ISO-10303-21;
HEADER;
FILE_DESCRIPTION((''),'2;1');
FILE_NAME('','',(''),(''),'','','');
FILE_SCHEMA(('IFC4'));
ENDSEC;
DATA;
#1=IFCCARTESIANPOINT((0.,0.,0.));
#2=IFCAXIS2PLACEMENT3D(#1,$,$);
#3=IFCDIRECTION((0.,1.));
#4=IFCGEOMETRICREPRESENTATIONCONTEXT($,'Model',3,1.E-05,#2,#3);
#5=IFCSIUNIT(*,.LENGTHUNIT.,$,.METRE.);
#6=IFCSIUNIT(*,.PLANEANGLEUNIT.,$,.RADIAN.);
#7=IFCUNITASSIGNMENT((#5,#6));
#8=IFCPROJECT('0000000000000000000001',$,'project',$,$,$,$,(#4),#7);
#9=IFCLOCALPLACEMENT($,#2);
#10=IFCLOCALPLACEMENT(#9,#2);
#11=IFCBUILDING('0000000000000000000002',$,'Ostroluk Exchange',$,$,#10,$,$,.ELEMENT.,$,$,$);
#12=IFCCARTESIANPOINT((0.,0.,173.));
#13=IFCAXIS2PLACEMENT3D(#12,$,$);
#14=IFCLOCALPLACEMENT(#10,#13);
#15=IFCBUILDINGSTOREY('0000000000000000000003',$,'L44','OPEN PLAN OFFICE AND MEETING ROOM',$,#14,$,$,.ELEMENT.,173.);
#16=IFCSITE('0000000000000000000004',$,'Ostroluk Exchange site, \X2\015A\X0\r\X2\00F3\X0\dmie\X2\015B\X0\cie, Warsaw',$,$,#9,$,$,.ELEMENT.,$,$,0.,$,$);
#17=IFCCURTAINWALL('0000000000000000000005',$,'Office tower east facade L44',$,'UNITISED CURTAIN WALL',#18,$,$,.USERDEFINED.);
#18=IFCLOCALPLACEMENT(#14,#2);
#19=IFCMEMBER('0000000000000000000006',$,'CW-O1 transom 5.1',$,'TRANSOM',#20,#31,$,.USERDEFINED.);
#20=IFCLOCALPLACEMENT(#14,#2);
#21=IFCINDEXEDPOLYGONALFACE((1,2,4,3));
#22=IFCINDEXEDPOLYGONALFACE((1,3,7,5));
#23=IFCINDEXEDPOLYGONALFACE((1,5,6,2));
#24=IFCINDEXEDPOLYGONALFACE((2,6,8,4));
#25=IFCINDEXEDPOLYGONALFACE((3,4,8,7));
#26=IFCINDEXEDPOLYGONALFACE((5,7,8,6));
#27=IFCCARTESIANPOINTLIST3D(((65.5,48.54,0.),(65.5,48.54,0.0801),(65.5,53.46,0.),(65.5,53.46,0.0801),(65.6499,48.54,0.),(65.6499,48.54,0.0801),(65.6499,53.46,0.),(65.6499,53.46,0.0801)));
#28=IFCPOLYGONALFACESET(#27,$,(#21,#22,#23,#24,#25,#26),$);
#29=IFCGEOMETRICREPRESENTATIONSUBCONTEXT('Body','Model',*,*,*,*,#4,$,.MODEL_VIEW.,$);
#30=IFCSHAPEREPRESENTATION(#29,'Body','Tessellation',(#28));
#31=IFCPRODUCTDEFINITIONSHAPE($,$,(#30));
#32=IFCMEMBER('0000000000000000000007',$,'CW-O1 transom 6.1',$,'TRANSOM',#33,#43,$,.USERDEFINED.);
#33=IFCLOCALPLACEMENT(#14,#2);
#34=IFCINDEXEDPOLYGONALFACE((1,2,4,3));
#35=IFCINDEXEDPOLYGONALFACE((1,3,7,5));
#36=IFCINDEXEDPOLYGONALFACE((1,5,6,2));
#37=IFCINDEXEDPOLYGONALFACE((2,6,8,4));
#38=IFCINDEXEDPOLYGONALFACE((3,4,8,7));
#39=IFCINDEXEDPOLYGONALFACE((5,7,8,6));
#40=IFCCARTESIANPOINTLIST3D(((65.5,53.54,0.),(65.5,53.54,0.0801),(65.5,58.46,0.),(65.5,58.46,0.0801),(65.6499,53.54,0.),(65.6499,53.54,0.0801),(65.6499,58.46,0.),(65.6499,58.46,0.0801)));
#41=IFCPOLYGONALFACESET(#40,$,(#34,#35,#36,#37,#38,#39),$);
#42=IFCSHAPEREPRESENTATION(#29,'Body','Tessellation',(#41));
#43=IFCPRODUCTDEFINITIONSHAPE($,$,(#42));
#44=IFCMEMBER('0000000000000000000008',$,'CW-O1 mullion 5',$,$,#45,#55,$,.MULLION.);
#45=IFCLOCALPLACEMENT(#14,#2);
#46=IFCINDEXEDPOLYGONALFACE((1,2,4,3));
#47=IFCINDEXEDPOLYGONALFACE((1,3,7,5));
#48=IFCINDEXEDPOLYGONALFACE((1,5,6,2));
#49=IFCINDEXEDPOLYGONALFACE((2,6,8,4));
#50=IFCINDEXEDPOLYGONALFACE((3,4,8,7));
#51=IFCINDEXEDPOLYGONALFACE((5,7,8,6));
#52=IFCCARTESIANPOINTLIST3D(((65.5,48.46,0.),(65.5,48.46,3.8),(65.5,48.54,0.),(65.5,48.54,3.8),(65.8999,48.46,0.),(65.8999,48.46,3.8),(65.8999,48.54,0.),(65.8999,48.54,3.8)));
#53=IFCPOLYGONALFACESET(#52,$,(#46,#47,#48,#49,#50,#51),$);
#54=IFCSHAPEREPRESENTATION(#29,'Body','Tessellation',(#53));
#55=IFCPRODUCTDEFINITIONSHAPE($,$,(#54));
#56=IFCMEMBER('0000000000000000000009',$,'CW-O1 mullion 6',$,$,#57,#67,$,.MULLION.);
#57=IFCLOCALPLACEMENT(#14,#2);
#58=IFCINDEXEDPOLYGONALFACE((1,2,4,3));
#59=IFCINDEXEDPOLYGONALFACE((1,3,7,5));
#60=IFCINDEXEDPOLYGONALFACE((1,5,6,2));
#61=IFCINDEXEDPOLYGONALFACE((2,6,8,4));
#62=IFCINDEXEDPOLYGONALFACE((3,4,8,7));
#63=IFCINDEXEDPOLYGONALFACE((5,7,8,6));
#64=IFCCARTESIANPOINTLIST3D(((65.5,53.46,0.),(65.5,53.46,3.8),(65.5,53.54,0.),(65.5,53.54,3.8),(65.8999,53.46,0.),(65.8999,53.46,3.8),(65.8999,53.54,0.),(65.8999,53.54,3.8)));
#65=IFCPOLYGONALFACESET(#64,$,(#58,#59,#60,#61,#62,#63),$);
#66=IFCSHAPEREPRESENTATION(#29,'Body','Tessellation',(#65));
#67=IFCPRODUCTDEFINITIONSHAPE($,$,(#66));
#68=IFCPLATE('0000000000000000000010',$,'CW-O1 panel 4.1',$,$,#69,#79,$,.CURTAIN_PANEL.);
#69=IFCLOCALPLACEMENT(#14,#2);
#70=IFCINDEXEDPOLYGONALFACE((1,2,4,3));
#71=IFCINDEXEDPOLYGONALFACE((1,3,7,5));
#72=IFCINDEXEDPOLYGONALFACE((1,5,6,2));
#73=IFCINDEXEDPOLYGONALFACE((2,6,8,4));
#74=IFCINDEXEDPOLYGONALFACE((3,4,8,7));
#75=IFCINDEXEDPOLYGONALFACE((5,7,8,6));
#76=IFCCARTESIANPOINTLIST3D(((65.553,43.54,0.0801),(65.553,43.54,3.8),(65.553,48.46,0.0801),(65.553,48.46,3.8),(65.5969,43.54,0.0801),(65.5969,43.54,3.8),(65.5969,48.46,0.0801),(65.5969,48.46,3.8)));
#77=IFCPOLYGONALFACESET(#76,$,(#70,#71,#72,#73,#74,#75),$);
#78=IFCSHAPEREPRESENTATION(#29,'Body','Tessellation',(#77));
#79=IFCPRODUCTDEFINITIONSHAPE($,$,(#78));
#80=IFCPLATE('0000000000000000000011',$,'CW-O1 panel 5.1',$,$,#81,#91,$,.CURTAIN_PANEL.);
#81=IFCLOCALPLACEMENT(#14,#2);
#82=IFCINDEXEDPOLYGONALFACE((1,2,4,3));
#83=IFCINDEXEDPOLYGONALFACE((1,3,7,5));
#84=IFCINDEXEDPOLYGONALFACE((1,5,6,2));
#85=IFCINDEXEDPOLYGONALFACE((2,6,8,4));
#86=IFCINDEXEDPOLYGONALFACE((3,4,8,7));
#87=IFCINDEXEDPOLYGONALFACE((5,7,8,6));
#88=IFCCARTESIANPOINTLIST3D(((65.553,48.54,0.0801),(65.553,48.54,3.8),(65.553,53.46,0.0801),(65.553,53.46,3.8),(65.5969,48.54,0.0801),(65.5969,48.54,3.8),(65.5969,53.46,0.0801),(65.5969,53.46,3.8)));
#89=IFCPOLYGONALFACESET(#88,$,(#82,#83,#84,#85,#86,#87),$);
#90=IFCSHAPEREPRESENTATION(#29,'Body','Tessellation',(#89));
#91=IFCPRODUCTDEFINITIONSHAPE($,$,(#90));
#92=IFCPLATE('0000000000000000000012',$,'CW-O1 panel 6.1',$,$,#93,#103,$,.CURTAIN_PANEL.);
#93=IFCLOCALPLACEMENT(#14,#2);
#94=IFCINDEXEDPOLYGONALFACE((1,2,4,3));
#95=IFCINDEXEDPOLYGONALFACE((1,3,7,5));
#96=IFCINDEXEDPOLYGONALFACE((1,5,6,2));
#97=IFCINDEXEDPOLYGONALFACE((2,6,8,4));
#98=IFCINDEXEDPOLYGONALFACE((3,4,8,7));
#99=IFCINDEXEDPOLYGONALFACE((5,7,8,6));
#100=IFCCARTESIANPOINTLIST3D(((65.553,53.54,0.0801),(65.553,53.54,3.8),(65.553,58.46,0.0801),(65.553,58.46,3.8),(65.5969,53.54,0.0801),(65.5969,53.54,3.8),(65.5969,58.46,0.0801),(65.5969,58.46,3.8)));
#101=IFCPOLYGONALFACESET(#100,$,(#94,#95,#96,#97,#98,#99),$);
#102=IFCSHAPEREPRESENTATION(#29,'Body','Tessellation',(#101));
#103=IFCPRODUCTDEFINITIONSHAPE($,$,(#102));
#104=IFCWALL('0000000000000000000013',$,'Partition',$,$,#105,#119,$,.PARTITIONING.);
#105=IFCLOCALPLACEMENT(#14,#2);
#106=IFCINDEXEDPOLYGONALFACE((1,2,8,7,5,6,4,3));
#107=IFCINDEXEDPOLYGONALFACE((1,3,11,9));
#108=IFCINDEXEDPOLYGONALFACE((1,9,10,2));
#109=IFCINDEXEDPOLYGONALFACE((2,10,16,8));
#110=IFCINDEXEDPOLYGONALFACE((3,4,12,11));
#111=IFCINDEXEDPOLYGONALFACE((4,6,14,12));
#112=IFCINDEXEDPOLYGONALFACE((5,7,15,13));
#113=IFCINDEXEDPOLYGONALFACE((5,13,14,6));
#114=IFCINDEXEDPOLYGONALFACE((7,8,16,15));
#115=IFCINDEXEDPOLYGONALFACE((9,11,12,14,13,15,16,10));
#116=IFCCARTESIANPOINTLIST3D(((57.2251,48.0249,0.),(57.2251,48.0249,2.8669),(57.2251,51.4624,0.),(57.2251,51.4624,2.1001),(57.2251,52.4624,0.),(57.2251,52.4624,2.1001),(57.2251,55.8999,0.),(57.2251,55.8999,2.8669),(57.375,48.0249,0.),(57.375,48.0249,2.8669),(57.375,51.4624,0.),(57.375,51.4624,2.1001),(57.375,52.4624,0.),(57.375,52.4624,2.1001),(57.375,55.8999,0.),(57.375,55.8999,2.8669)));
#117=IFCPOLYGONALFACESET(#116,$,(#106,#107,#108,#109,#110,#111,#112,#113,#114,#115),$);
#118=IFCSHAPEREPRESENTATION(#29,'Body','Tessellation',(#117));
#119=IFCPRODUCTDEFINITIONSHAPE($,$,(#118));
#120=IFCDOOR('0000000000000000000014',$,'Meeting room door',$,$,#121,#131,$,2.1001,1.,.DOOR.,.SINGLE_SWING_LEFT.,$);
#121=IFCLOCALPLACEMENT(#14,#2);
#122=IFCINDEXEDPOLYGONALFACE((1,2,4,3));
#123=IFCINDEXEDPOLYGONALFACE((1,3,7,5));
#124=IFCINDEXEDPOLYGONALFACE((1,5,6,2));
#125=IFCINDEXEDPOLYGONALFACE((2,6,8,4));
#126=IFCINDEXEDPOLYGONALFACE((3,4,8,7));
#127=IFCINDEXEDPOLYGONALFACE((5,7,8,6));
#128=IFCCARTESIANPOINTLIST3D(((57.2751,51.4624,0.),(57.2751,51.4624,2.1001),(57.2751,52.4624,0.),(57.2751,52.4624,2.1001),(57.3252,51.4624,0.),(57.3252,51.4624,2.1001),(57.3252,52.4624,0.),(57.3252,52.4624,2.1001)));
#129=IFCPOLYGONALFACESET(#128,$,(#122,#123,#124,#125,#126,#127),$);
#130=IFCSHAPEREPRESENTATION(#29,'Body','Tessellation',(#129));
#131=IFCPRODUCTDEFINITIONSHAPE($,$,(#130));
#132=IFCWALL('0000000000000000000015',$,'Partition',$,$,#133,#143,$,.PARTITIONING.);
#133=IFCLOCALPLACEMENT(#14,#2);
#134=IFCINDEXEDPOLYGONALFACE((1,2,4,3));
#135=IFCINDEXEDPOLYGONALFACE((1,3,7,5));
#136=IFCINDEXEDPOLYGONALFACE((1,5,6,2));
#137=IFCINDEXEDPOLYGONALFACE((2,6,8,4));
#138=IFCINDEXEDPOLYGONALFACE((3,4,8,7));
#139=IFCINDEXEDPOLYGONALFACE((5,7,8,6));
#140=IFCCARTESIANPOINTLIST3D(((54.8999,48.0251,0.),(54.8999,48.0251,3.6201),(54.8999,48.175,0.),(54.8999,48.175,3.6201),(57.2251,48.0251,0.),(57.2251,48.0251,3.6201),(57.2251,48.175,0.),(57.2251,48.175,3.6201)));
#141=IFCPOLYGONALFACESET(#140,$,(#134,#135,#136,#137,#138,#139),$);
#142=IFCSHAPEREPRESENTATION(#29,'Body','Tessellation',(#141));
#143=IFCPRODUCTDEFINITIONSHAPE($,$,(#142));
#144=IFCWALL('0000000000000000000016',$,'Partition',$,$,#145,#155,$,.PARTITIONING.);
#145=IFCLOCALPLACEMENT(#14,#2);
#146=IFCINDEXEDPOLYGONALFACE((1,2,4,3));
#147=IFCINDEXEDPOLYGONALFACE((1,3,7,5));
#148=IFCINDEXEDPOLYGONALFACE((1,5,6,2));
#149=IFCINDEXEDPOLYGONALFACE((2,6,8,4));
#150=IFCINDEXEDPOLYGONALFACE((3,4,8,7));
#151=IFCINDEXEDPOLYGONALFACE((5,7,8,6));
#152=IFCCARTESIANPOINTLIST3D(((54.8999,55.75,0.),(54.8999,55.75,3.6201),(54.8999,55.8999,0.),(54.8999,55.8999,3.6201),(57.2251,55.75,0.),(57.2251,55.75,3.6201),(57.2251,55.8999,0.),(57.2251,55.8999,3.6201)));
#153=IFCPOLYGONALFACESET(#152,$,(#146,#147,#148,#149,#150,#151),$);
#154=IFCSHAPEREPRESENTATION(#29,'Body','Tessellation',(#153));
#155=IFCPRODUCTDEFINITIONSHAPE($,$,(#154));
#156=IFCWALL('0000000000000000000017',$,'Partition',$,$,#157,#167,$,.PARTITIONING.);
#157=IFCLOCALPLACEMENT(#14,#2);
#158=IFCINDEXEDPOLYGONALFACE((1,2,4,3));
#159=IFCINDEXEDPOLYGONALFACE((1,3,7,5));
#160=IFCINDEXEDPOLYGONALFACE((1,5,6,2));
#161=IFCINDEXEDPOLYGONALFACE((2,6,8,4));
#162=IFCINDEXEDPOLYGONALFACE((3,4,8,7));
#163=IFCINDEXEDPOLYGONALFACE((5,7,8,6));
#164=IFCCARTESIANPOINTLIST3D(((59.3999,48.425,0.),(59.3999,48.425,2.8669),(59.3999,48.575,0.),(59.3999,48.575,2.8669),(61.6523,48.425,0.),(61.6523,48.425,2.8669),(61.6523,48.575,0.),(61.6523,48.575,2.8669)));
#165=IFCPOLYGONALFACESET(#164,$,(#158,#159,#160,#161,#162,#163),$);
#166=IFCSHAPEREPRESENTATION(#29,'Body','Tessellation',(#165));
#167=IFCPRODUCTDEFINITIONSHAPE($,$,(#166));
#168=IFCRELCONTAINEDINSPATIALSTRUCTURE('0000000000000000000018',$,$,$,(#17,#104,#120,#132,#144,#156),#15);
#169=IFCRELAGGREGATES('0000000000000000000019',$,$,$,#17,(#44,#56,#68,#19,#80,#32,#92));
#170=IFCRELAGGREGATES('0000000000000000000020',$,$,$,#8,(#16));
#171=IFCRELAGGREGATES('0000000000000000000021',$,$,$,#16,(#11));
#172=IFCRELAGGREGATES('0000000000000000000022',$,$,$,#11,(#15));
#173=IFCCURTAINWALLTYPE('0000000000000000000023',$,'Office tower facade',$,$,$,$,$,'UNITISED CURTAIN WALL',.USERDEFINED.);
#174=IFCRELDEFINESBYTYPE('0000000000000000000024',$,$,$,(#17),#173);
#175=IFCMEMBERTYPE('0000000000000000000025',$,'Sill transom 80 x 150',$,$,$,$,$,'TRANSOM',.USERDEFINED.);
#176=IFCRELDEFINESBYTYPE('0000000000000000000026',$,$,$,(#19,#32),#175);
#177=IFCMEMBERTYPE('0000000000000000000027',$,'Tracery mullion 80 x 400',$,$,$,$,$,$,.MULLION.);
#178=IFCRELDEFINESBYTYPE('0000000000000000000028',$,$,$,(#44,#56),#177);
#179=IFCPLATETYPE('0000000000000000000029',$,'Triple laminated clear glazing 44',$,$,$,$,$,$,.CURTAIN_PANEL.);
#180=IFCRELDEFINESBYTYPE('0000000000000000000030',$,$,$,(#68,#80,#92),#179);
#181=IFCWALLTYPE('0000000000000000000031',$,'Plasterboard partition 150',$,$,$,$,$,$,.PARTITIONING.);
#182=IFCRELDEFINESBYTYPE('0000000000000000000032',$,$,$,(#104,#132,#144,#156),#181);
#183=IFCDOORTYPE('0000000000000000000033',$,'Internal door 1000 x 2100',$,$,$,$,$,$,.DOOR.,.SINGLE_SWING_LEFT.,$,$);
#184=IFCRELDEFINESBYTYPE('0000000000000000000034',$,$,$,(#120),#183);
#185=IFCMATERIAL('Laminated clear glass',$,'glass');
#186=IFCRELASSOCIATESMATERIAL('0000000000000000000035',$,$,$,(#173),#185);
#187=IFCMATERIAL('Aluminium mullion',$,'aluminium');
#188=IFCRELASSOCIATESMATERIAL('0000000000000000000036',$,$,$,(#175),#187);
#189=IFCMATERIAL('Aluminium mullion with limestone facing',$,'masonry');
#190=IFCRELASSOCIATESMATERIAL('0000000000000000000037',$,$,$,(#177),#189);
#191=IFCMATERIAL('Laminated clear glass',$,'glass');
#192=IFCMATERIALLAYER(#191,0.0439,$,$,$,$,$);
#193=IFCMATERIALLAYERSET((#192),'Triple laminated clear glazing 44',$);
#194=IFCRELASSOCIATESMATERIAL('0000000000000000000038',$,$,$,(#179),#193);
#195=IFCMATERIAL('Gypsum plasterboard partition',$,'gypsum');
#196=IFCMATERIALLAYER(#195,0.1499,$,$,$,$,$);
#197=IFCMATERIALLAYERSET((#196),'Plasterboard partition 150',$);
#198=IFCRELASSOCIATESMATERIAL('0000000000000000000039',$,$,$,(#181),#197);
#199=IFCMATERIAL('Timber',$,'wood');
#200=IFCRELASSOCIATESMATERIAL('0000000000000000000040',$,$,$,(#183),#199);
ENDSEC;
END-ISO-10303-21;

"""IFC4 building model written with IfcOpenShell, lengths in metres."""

from ifc_helpers import new_model, si_unit, direction, frame, frame_2d, origin, origin_2d, place, context, subcontext, project, spatial, rectangle, extrude, material, layer, layer_set, material_profile, profile_set, type_object, element, fill, aggregate, save


model = new_model("IFC4")

# Units and contexts
model_context = context("Model", 3, precision=1e-05, world=origin(), true_north=direction((0.0, 1.0)))
body_context = subcontext(model_context, "Body", "Model", "MODEL_VIEW")
ifc_project = project(units=[si_unit("LENGTHUNIT", "METRE"), si_unit("PLANEANGLEUNIT", "RADIAN")], contexts=[model_context])

# Site, building, storey
site_placement = place(None, origin())
site = spatial("IfcSite", under=ifc_project, at=site_placement, Name="Ostroluk Exchange site, Śródmieście, Warsaw", CompositionType="ELEMENT", RefElevation=0.0)
building_placement = place(site_placement, origin())
building = spatial("IfcBuilding", under=site, at=building_placement, Name="Ostroluk Exchange", CompositionType="ELEMENT")
storey_placement = place(building_placement, frame((0.0, 0.0, 173.0)))
storey = spatial("IfcBuildingStorey", under=building, at=storey_placement, Name="L44", Description="OPEN PLAN OFFICE AND MEETING ROOM", CompositionType="ELEMENT", Elevation=173.0)

# Curtain wall, members, plates
ifc_material_1 = material(Name="Laminated clear glass", Category="glass")
curtain_wall_type = type_object("IfcCurtainWallType", Name="Office tower facade", ElementType="UNITISED CURTAIN WALL", PredefinedType="USERDEFINED", material=ifc_material_1)
curtain_wall_placement = place(storey_placement, origin())
curtain_wall = element("IfcCurtainWall", 1, at=curtain_wall_placement, inside=storey, type_object=curtain_wall_type, Name="Office tower east facade L44", ObjectType="UNITISED CURTAIN WALL", PredefinedType="USERDEFINED")
ifc_material_2 = material(Name="Aluminium mullion", Category="aluminium")
ifc_material_profile_1 = material_profile(ifc_material_2, rectangle(XDim=0.1499, YDim=0.0801, at=origin_2d()), Name="Sill transom 80 x 150")
ifc_profile_set_1 = profile_set([ifc_material_profile_1], Name="Aluminium mullion")
member_type_1 = type_object("IfcMemberType", Name="Sill transom 80 x 150", ElementType="TRANSOM", PredefinedType="USERDEFINED", material=ifc_profile_set_1)
member_1_placement = place(storey_placement, frame((65.575, 48.54, 0.04), z_axis=(0.0, 1.0, 0.0), x_axis=(-1.0, 0.0, 0.0)))
member_1 = element("IfcMember", 2, at=member_1_placement, type_object=member_type_1, Name="CW-O1 transom 5.1", ObjectType="TRANSOM", PredefinedType="USERDEFINED", context=body_context, shape_type="SweptSolid", body=[
    extrude(rectangle(XDim=0.1499, YDim=0.0801, at=origin_2d()), origin(), (0.0, 0.0, 1.0), 4.9199),
])
member_2_placement = place(storey_placement, frame((65.575, 53.54, 0.04), z_axis=(0.0, 1.0, 0.0), x_axis=(-1.0, 0.0, 0.0)))
member_2 = element("IfcMember", 3, at=member_2_placement, type_object=member_type_1, Name="CW-O1 transom 6.1", ObjectType="TRANSOM", PredefinedType="USERDEFINED", context=body_context, shape_type="SweptSolid", body=[
    extrude(rectangle(XDim=0.1499, YDim=0.0801, at=origin_2d()), origin(), (0.0, 0.0, 1.0), 4.9199),
])
ifc_material_3 = material(Name="Aluminium mullion with limestone facing", Category="masonry")
ifc_material_profile_2 = material_profile(ifc_material_3, rectangle(XDim=0.3999, YDim=0.0801, at=origin_2d()), Name="Tracery mullion 80 x 400")
ifc_profile_set_2 = profile_set([ifc_material_profile_2], Name="Aluminium mullion with limestone facing")
member_type_2 = type_object("IfcMemberType", Name="Tracery mullion 80 x 400", PredefinedType="MULLION", material=ifc_profile_set_2)
member_3_placement = place(storey_placement, frame((65.7, 48.5, 0.0), z_axis=(0.0, 0.0, 1.0), x_axis=(-1.0, 0.0, 0.0)))
member_3 = element("IfcMember", 4, at=member_3_placement, type_object=member_type_2, Name="CW-O1 mullion 5", PredefinedType="MULLION", context=body_context, shape_type="SweptSolid", body=[
    extrude(rectangle(XDim=0.3999, YDim=0.0801, at=origin_2d()), origin(), (0.0, 0.0, 1.0), 3.8),
])
member_4_placement = place(storey_placement, frame((65.7, 53.5, 0.0), z_axis=(0.0, 0.0, 1.0), x_axis=(-1.0, 0.0, 0.0)))
member_4 = element("IfcMember", 5, at=member_4_placement, type_object=member_type_2, Name="CW-O1 mullion 6", PredefinedType="MULLION", context=body_context, shape_type="SweptSolid", body=[
    extrude(rectangle(XDim=0.3999, YDim=0.0801, at=origin_2d()), origin(), (0.0, 0.0, 1.0), 3.8),
])
ifc_material_4 = material(Name="Laminated clear glass", Category="glass")
ifc_layer_1 = layer(ifc_material_4, 0.0439)
ifc_layer_set_1 = layer_set([ifc_layer_1], Name="Triple laminated clear glazing 44")
plate_type = type_object("IfcPlateType", Name="Triple laminated clear glazing 44", PredefinedType="CURTAIN_PANEL", material=ifc_layer_set_1)
plate_1_placement = place(storey_placement, frame((65.575, 46.0, 0.0801), z_axis=(0.0, 0.0, 1.0), x_axis=(0.0, 1.0, 0.0)))
plate_1 = element("IfcPlate", 6, at=plate_1_placement, type_object=plate_type, Name="CW-O1 panel 4.1", PredefinedType="CURTAIN_PANEL", context=body_context, shape_type="SweptSolid", body=[
    extrude(rectangle(XDim=4.9199, YDim=0.0439, at=origin_2d()), origin(), (0.0, 0.0, 1.0), 3.72),
])
plate_2_placement = place(storey_placement, frame((65.575, 51.0, 0.0801), z_axis=(0.0, 0.0, 1.0), x_axis=(0.0, 1.0, 0.0)))
plate_2 = element("IfcPlate", 7, at=plate_2_placement, type_object=plate_type, Name="CW-O1 panel 5.1", PredefinedType="CURTAIN_PANEL", context=body_context, shape_type="SweptSolid", body=[
    extrude(rectangle(XDim=4.9199, YDim=0.0439, at=origin_2d()), origin(), (0.0, 0.0, 1.0), 3.72),
])
plate_3_placement = place(storey_placement, frame((65.575, 56.0, 0.0801), z_axis=(0.0, 0.0, 1.0), x_axis=(0.0, 1.0, 0.0)))
plate_3 = element("IfcPlate", 8, at=plate_3_placement, type_object=plate_type, Name="CW-O1 panel 6.1", PredefinedType="CURTAIN_PANEL", context=body_context, shape_type="SweptSolid", body=[
    extrude(rectangle(XDim=4.9199, YDim=0.0439, at=origin_2d()), origin(), (0.0, 0.0, 1.0), 3.72),
])
aggregate(curtain_wall, [member_3, member_4, plate_1, member_1, plate_2, member_2, plate_3])

# Wall, opening, door
ifc_material_5 = material(Name="Gypsum plasterboard partition", Category="gypsum")
ifc_layer_2 = layer(ifc_material_5, 0.1499)
ifc_layer_set_2 = layer_set([ifc_layer_2], Name="Plasterboard partition 150")
wall_type = type_object("IfcWallType", Name="Plasterboard partition 150", PredefinedType="PARTITIONING", material=ifc_layer_set_2)
wall_1_placement = place(storey_placement, frame((57.3, 48.0249, 0.0), z_axis=(0.0, 0.0, 1.0), x_axis=(0.0, 1.0, 0.0)))
wall_1 = element("IfcWall", 9, at=wall_1_placement, inside=storey, type_object=wall_type, Name="Partition", PredefinedType="PARTITIONING", context=body_context, shape_type="SweptSolid", body=[
    extrude(rectangle(XDim=7.875, YDim=0.1499, at=frame_2d((3.9375, 0.0))), origin(), (0.0, 0.0, 1.0), 2.8669),
])
opening_placement = place(wall_1_placement, frame((3.4375, 0.0, 0.0)))
opening = element("IfcOpeningElement", 10, at=opening_placement, cuts=wall_1, PredefinedType="OPENING", context=body_context, shape_type="SweptSolid", body=[
    extrude(rectangle(XDim=1.0, YDim=2.1001, at=frame_2d((0.5, 1.05))), frame((0.0, 0.085, 0.0), z_axis=(0.0, -1.0, 0.0), x_axis=(1.0, 0.0, 0.0)), (0.0, 0.0, 1.0), 0.1699),
])
ifc_material_6 = material(Name="Timber", Category="wood")
door_type = type_object("IfcDoorType", Name="Internal door 1000 x 2100", OperationType="SINGLE_SWING_LEFT", PredefinedType="DOOR", material=ifc_material_6)
door_placement = place(opening_placement, origin())
door = element("IfcDoor", 11, at=door_placement, inside=storey, type_object=door_type, Name="Meeting room door", OperationType="SINGLE_SWING_LEFT", OverallHeight=2.1001, OverallWidth=1.0, PredefinedType="DOOR", context=body_context, shape_type="SweptSolid", body=[
    extrude(rectangle(XDim=1.0, YDim=2.1001, at=frame_2d((0.5, 1.05))), frame((0.0, 0.0249, 0.0), z_axis=(0.0, -1.0, 0.0), x_axis=(1.0, 0.0, 0.0)), (0.0, 0.0, 1.0), 0.05),
])
fill(opening, door)

# Walls
for number, where, z_axis, x_axis, name in (
    (12, (54.8999, 48.1001, 0.0), (0.0, 0.0, 1.0), (1.0, 0.0, 0.0), "Partition"),
    (13, (54.8999, 55.825, 0.0), (0.0, 0.0, 1.0), (1.0, 0.0, 0.0), "Partition"),
):
    element("IfcWall", number, at=place(storey_placement, frame(where, z_axis=z_axis, x_axis=x_axis)), inside=storey, type_object=wall_type, Name=name, PredefinedType="PARTITIONING", context=body_context, shape_type="SweptSolid", body=[
        extrude(rectangle(XDim=2.3252, YDim=0.1499, at=frame_2d((1.1626, 0.0))), origin(), (0.0, 0.0, 1.0), 3.6201),
    ])
wall_2_placement = place(storey_placement, frame((59.3999, 48.5, 0.0), z_axis=(0.0, 0.0, 1.0), x_axis=(1.0, 0.0, 0.0)))
element("IfcWall", 14, at=wall_2_placement, inside=storey, type_object=wall_type, Name="Partition", PredefinedType="PARTITIONING", context=body_context, shape_type="SweptSolid", body=[
    extrude(rectangle(XDim=2.2524, YDim=0.1499, at=frame_2d((1.1262, 0.0))), origin(), (0.0, 0.0, 1.0), 2.8669),
])

save(model, "model.ifc")
